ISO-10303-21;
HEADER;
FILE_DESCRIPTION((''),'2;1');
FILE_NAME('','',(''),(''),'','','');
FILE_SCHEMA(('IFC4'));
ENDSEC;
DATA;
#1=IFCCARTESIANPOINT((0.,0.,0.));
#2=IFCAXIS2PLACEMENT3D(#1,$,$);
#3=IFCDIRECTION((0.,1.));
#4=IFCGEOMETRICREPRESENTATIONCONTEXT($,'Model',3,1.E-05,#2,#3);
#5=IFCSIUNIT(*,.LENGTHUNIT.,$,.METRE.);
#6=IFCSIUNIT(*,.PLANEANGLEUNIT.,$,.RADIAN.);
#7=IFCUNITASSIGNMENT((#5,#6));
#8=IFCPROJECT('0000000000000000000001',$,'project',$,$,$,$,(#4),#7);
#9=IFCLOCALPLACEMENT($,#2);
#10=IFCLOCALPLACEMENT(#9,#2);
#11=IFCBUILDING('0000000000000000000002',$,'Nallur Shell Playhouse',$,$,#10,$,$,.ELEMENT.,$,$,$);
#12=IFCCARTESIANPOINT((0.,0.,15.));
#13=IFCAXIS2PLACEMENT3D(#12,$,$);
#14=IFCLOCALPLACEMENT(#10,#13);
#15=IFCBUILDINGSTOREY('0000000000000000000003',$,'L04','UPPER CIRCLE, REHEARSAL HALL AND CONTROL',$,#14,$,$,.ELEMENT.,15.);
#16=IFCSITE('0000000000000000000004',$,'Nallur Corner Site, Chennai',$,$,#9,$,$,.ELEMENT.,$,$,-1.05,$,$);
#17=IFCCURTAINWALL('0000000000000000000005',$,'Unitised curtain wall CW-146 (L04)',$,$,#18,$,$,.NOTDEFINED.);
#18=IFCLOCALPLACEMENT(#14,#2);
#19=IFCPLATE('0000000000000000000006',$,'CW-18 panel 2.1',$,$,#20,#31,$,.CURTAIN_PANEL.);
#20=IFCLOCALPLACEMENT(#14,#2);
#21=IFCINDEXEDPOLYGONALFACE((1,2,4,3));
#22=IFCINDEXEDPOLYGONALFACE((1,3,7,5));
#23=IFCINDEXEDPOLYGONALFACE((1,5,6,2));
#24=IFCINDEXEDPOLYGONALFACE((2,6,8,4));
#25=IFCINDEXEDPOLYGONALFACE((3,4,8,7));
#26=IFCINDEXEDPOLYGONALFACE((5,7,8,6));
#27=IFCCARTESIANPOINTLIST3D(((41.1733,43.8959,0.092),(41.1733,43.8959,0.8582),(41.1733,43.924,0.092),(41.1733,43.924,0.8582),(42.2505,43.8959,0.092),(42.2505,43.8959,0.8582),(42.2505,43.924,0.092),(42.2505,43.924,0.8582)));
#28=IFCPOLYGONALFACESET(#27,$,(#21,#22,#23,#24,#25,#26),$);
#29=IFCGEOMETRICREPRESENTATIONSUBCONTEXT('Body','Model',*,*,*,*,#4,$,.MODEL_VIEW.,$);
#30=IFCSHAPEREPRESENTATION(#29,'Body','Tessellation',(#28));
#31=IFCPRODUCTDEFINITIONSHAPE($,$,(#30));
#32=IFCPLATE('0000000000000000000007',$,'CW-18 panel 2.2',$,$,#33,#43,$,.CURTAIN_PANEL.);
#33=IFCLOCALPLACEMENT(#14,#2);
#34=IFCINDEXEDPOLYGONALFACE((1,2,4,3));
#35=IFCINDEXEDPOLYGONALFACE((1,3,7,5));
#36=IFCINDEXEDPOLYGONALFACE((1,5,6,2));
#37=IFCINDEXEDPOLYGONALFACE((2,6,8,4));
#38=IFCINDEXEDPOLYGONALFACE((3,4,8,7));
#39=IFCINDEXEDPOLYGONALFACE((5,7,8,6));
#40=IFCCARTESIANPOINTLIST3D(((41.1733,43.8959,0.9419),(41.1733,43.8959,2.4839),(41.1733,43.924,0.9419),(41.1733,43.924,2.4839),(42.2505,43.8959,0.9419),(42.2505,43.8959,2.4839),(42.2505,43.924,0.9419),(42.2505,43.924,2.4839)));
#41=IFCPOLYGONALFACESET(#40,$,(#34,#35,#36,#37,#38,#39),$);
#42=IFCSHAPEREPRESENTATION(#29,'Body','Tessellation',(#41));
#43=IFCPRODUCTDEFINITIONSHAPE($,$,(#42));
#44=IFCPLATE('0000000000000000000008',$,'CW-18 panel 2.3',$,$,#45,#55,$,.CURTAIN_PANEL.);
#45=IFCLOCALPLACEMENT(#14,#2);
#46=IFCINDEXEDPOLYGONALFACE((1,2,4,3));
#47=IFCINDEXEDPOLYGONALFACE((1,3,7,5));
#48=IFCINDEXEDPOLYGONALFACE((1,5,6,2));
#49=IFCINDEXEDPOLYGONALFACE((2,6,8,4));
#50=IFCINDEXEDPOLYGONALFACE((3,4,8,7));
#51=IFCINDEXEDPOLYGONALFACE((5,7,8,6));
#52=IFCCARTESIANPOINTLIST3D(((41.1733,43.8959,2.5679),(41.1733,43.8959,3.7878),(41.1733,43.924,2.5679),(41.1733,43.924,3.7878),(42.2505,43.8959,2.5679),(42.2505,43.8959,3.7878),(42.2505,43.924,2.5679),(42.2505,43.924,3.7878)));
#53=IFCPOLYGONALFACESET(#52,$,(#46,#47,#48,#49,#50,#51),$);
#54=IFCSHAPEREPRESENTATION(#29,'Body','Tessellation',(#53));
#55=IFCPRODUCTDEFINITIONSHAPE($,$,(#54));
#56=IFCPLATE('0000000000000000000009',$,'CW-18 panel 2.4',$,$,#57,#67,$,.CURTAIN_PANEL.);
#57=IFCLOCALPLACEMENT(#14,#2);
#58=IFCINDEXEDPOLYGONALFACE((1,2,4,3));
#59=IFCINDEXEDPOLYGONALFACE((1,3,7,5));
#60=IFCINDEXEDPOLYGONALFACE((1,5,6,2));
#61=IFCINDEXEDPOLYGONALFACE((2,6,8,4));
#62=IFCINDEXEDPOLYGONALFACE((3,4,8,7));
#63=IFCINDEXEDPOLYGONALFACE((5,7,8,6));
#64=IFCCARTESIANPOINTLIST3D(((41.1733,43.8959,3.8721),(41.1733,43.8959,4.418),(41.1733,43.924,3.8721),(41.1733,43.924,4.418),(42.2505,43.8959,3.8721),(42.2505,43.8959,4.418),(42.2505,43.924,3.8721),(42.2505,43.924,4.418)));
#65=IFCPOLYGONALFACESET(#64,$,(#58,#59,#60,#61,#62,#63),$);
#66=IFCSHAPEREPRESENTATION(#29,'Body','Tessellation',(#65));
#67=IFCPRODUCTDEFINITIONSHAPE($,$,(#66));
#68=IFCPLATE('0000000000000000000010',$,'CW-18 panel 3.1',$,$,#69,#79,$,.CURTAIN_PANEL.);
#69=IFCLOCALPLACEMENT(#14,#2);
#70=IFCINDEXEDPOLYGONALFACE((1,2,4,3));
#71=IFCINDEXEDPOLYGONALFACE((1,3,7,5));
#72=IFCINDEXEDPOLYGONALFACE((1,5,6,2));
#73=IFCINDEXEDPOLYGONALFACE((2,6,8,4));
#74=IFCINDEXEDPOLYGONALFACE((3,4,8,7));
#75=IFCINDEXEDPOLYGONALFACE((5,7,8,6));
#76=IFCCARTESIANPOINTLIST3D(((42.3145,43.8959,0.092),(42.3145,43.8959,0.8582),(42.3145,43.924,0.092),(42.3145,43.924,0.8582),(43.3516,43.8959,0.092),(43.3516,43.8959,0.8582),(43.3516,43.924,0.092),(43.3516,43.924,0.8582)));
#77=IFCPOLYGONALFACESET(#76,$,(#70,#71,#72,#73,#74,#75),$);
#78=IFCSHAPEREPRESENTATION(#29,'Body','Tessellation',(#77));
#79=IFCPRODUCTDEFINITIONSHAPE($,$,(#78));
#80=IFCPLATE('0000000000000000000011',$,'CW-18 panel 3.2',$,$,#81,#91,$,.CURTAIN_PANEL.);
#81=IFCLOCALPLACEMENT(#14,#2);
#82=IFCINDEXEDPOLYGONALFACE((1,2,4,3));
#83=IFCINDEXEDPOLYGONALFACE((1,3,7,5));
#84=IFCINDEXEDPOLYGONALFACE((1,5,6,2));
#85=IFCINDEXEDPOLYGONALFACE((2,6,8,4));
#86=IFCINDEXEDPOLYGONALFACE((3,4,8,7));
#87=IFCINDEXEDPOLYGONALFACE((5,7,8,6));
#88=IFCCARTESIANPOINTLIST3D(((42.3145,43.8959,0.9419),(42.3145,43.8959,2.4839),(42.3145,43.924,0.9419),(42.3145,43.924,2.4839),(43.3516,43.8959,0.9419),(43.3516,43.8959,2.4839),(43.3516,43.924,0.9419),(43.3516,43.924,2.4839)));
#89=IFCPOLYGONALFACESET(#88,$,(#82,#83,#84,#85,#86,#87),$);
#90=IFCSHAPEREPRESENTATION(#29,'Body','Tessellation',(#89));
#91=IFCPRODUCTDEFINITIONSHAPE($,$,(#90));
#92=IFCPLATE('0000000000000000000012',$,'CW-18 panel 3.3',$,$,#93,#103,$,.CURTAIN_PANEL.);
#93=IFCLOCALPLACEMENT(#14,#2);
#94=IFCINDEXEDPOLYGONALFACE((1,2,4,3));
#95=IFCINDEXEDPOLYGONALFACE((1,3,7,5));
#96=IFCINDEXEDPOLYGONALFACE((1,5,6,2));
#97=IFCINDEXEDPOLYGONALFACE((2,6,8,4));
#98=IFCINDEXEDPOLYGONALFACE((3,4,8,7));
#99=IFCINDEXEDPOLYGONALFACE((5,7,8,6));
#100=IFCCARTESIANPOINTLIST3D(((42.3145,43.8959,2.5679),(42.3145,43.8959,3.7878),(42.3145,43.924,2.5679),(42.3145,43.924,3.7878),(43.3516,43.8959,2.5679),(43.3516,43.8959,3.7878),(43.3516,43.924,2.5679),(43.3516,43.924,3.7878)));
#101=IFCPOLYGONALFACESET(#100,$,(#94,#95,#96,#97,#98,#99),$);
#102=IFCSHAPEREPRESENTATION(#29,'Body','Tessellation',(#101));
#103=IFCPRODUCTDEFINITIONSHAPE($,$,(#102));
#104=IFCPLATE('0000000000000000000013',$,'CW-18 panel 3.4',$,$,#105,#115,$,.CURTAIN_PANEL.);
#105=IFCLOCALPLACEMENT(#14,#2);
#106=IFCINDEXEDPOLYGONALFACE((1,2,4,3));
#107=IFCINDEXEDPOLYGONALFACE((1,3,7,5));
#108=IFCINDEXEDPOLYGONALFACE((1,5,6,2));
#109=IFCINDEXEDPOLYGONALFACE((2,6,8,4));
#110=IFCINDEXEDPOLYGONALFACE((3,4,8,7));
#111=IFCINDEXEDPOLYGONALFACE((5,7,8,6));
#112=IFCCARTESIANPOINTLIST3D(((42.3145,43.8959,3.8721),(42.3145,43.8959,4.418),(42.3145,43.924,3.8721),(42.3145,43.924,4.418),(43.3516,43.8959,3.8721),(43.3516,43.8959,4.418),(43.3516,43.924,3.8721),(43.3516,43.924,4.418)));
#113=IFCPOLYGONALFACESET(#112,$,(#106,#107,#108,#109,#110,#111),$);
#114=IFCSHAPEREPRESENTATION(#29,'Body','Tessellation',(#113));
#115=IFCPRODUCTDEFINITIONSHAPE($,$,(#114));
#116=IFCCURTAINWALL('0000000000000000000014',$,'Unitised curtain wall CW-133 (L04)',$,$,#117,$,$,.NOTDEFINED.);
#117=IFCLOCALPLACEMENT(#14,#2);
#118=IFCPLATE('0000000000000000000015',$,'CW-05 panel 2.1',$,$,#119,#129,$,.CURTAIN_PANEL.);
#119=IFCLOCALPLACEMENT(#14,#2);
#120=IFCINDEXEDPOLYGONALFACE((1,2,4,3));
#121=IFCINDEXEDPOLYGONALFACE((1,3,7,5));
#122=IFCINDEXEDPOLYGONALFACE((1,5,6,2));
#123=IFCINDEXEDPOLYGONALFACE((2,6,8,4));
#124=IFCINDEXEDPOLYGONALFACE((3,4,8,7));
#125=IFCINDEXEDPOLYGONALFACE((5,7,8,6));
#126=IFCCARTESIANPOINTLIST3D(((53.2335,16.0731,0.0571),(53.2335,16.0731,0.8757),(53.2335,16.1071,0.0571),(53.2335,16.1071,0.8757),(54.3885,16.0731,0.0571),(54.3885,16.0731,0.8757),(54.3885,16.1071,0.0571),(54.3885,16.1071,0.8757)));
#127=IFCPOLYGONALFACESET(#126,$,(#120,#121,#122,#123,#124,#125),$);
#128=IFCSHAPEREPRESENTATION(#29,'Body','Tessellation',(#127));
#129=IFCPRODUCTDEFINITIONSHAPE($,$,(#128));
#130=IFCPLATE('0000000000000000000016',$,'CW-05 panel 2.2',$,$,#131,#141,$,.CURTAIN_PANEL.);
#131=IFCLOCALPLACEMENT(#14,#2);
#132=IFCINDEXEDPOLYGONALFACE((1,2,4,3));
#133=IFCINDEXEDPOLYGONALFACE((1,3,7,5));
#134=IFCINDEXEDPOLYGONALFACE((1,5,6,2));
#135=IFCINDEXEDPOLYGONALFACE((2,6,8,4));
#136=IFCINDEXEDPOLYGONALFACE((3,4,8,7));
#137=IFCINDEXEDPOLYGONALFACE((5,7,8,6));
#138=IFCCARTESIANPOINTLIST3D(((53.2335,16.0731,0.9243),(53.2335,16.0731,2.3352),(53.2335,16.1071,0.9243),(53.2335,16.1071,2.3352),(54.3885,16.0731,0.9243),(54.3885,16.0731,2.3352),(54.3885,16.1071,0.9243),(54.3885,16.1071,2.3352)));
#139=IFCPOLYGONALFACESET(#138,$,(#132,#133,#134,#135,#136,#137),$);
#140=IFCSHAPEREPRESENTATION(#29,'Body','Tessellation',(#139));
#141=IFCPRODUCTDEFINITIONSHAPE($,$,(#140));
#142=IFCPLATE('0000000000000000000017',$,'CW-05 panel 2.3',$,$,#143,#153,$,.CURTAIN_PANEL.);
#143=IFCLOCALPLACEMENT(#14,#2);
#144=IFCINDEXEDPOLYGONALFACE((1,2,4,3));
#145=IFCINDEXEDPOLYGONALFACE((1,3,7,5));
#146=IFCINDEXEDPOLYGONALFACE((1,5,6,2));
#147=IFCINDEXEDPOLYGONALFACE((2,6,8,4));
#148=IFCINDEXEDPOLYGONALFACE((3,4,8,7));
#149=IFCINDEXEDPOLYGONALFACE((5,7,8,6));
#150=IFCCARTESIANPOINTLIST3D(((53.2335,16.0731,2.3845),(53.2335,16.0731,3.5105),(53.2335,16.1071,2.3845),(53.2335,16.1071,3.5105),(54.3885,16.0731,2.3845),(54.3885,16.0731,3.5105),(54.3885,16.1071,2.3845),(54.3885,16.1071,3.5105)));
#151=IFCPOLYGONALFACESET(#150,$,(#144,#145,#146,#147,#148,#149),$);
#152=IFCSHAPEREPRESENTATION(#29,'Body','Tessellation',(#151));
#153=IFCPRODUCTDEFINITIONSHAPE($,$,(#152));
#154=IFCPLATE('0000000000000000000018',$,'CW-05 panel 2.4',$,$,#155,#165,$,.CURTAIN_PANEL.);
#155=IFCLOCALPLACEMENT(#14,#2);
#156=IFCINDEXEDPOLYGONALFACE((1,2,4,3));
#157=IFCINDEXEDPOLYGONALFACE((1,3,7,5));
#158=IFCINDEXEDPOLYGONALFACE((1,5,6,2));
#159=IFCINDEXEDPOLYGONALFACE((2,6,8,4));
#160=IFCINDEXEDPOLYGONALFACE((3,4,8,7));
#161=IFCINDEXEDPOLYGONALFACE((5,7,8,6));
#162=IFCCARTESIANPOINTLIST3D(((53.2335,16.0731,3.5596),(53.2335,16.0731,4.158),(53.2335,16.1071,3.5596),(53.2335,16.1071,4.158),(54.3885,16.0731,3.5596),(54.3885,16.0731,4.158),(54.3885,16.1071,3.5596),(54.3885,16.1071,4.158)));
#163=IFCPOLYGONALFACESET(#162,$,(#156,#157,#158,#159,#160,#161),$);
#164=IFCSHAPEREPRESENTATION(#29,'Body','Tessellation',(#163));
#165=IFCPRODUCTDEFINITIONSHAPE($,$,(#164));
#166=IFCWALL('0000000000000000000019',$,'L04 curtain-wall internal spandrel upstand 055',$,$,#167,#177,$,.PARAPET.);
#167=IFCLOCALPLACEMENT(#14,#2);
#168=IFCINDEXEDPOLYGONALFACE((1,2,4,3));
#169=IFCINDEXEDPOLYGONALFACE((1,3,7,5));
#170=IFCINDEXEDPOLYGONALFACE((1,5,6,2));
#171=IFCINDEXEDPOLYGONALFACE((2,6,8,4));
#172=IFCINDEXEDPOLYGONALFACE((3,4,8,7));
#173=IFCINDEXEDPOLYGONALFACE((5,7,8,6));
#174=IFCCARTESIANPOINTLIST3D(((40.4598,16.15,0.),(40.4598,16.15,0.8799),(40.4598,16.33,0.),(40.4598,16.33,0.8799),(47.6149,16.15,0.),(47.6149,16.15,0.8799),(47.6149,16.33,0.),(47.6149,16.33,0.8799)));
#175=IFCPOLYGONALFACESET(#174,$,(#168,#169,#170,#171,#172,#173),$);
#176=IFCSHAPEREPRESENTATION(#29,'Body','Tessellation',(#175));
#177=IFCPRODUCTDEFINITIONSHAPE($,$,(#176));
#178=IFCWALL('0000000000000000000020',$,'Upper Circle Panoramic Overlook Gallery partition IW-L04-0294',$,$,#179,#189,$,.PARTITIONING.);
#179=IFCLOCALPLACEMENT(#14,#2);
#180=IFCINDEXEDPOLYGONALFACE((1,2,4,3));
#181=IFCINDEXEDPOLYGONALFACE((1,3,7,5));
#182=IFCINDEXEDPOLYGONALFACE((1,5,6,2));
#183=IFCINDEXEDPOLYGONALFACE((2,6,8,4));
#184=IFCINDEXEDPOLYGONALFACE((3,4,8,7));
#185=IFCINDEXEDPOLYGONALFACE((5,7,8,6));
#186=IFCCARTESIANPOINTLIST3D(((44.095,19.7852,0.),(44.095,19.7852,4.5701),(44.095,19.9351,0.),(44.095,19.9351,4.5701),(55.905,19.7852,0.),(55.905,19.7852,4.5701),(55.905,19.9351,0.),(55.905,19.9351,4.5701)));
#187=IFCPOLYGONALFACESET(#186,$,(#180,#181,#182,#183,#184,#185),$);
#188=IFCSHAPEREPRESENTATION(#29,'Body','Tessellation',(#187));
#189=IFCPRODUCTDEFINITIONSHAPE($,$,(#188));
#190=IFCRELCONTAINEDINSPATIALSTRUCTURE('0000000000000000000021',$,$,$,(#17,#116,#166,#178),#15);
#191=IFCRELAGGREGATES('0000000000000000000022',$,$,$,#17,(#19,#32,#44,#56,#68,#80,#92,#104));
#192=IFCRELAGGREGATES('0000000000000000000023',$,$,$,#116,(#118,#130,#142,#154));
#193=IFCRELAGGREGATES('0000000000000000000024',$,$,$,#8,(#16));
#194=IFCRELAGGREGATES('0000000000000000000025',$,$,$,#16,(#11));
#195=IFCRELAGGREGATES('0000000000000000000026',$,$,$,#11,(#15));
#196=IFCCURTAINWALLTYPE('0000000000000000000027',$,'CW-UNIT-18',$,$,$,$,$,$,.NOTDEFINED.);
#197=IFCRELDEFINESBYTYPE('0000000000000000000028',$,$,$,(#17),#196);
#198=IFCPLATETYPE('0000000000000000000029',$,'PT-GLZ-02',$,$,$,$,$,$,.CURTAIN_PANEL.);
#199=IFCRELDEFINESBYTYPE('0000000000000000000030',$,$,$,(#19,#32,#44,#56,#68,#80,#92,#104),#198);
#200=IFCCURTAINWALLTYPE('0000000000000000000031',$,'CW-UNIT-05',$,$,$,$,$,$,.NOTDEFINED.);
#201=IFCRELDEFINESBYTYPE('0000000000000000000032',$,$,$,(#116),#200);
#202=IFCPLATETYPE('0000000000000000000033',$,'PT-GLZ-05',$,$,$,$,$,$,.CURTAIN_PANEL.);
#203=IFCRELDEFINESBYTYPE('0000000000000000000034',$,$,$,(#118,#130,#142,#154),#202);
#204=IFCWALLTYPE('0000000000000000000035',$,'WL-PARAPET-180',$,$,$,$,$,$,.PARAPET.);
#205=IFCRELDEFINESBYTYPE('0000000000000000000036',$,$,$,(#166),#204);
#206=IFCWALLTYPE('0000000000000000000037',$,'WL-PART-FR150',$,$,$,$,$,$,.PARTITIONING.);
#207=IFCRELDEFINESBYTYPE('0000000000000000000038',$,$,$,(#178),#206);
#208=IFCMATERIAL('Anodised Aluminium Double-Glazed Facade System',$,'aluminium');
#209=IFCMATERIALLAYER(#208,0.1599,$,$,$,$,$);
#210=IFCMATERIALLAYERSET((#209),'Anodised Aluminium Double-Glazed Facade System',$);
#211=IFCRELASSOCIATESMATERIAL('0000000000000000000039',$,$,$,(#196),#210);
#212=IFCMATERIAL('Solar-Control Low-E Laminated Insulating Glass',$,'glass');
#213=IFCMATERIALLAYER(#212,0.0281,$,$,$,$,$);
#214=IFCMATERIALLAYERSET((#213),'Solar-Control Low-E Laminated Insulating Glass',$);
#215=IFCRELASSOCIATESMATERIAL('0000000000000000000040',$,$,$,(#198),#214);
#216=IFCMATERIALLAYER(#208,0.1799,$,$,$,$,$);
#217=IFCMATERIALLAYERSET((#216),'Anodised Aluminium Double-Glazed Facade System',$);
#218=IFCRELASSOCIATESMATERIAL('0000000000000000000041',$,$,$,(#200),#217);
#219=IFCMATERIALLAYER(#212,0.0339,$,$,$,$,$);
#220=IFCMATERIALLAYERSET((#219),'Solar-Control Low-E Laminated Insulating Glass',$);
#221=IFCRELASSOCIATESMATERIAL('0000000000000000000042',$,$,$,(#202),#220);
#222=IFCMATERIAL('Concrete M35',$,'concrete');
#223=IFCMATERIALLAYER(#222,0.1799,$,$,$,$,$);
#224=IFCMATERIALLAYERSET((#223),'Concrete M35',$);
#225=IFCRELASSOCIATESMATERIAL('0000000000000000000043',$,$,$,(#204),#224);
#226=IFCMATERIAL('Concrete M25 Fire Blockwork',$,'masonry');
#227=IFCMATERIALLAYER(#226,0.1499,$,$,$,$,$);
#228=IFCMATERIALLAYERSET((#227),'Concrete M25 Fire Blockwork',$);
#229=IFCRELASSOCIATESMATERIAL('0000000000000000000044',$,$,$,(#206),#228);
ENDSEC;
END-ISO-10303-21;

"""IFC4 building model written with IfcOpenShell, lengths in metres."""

from ifc_helpers import new_model, si_unit, direction, frame, frame_2d, origin, origin_2d, place, context, subcontext, project, spatial, rectangle, extrude, material, layer, layer_set, type_object, element, aggregate, save


model = new_model("IFC4")

# Units and contexts
model_context = context("Model", 3, precision=1e-05, world=origin(), true_north=direction((0.0, 1.0)))
body_context = subcontext(model_context, "Body", "Model", "MODEL_VIEW")
ifc_project = project(units=[si_unit("LENGTHUNIT", "METRE"), si_unit("PLANEANGLEUNIT", "RADIAN")], contexts=[model_context])

# Site, building, storey
site_placement = place(None, origin())
site = spatial("IfcSite", under=ifc_project, at=site_placement, Name="Nallur Corner Site, Chennai", CompositionType="ELEMENT", RefElevation=-1.05)
building_placement = place(site_placement, origin())
building = spatial("IfcBuilding", under=site, at=building_placement, Name="Nallur Shell Playhouse", CompositionType="ELEMENT")
storey_placement = place(building_placement, frame((0.0, 0.0, 15.0)))
storey = spatial("IfcBuildingStorey", under=building, at=storey_placement, Name="L04", Description="UPPER CIRCLE, REHEARSAL HALL AND CONTROL", CompositionType="ELEMENT", Elevation=15.0)

# Shared definitions
ifc_material_1 = material(Name="Concrete M35", Category="concrete")

# Curtain wall
ifc_material_2 = material(Name="Anodised Aluminium Double-Glazed Facade System", Category="aluminium")
ifc_layer_1 = layer(ifc_material_2, 0.1599)
ifc_layer_set_1 = layer_set([ifc_layer_1], Name="Anodised Aluminium Double-Glazed Facade System")
curtain_wall_type_1 = type_object("IfcCurtainWallType", Name="CW-UNIT-18", PredefinedType="NOTDEFINED", material=ifc_layer_set_1)
curtain_wall_1_placement = place(storey_placement, origin())
curtain_wall_1 = element("IfcCurtainWall", 1, at=curtain_wall_1_placement, inside=storey, type_object=curtain_wall_type_1, Name="Unitised curtain wall CW-146 (L04)", PredefinedType="NOTDEFINED")

# Plates
ifc_material_3 = material(Name="Solar-Control Low-E Laminated Insulating Glass", Category="glass")
ifc_layer_2 = layer(ifc_material_3, 0.0281)
ifc_layer_set_2 = layer_set([ifc_layer_2], Name="Solar-Control Low-E Laminated Insulating Glass")
plate_type_1 = type_object("IfcPlateType", Name="PT-GLZ-02", PredefinedType="CURTAIN_PANEL", material=ifc_layer_set_2)
plate_1_placement = place(storey_placement, frame((41.7119, 43.9099, 0.092), z_axis=(0.0, 0.0, 1.0), x_axis=(1.0, 0.0, 0.0)))
plate_1 = element("IfcPlate", 2, at=plate_1_placement, type_object=plate_type_1, Name="CW-18 panel 2.1", PredefinedType="CURTAIN_PANEL", context=body_context, shape_type="SweptSolid", body=[
    extrude(rectangle(XDim=1.0771, YDim=0.0281, at=origin_2d()), origin(), (0.0, 0.0, 1.0), 0.7661),
])
plate_2_placement = place(storey_placement, frame((41.7119, 43.9099, 0.9419), z_axis=(0.0, 0.0, 1.0), x_axis=(1.0, 0.0, 0.0)))
plate_2 = element("IfcPlate", 3, at=plate_2_placement, type_object=plate_type_1, Name="CW-18 panel 2.2", PredefinedType="CURTAIN_PANEL", context=body_context, shape_type="SweptSolid", body=[
    extrude(rectangle(XDim=1.0771, YDim=0.0281, at=origin_2d()), origin(), (0.0, 0.0, 1.0), 1.542),
])
plate_3_placement = place(storey_placement, frame((41.7119, 43.9099, 2.5679), z_axis=(0.0, 0.0, 1.0), x_axis=(1.0, 0.0, 0.0)))
plate_3 = element("IfcPlate", 4, at=plate_3_placement, type_object=plate_type_1, Name="CW-18 panel 2.3", PredefinedType="CURTAIN_PANEL", context=body_context, shape_type="SweptSolid", body=[
    extrude(rectangle(XDim=1.0771, YDim=0.0281, at=origin_2d()), origin(), (0.0, 0.0, 1.0), 1.22),
])
plate_4_placement = place(storey_placement, frame((41.7119, 43.9099, 3.8721), z_axis=(0.0, 0.0, 1.0), x_axis=(1.0, 0.0, 0.0)))
plate_4 = element("IfcPlate", 5, at=plate_4_placement, type_object=plate_type_1, Name="CW-18 panel 2.4", PredefinedType="CURTAIN_PANEL", context=body_context, shape_type="SweptSolid", body=[
    extrude(rectangle(XDim=1.0771, YDim=0.0281, at=origin_2d()), origin(), (0.0, 0.0, 1.0), 0.5459),
])
plate_5_placement = place(storey_placement, frame((42.833, 43.9099, 0.092), z_axis=(0.0, 0.0, 1.0), x_axis=(1.0, 0.0, 0.0)))
plate_5 = element("IfcPlate", 6, at=plate_5_placement, type_object=plate_type_1, Name="CW-18 panel 3.1", PredefinedType="CURTAIN_PANEL", context=body_context, shape_type="SweptSolid", body=[
    extrude(rectangle(XDim=1.0371, YDim=0.0281, at=origin_2d()), origin(), (0.0, 0.0, 1.0), 0.7661),
])
plate_6_placement = place(storey_placement, frame((42.833, 43.9099, 0.9419), z_axis=(0.0, 0.0, 1.0), x_axis=(1.0, 0.0, 0.0)))
plate_6 = element("IfcPlate", 7, at=plate_6_placement, type_object=plate_type_1, Name="CW-18 panel 3.2", PredefinedType="CURTAIN_PANEL", context=body_context, shape_type="SweptSolid", body=[
    extrude(rectangle(XDim=1.0371, YDim=0.0281, at=origin_2d()), origin(), (0.0, 0.0, 1.0), 1.542),
])
plate_7_placement = place(storey_placement, frame((42.833, 43.9099, 2.5679), z_axis=(0.0, 0.0, 1.0), x_axis=(1.0, 0.0, 0.0)))
plate_7 = element("IfcPlate", 8, at=plate_7_placement, type_object=plate_type_1, Name="CW-18 panel 3.3", PredefinedType="CURTAIN_PANEL", context=body_context, shape_type="SweptSolid", body=[
    extrude(rectangle(XDim=1.0371, YDim=0.0281, at=origin_2d()), origin(), (0.0, 0.0, 1.0), 1.22),
])
plate_8_placement = place(storey_placement, frame((42.833, 43.9099, 3.8721), z_axis=(0.0, 0.0, 1.0), x_axis=(1.0, 0.0, 0.0)))
plate_8 = element("IfcPlate", 9, at=plate_8_placement, type_object=plate_type_1, Name="CW-18 panel 3.4", PredefinedType="CURTAIN_PANEL", context=body_context, shape_type="SweptSolid", body=[
    extrude(rectangle(XDim=1.0371, YDim=0.0281, at=origin_2d()), origin(), (0.0, 0.0, 1.0), 0.5459),
])
aggregate(curtain_wall_1, [plate_1, plate_2, plate_3, plate_4, plate_5, plate_6, plate_7, plate_8])

# Curtain wall, plates
ifc_layer_3 = layer(ifc_material_2, 0.1799)
ifc_layer_set_3 = layer_set([ifc_layer_3], Name="Anodised Aluminium Double-Glazed Facade System")
curtain_wall_type_2 = type_object("IfcCurtainWallType", Name="CW-UNIT-05", PredefinedType="NOTDEFINED", material=ifc_layer_set_3)
curtain_wall_2_placement = place(storey_placement, origin())
curtain_wall_2 = element("IfcCurtainWall", 10, at=curtain_wall_2_placement, inside=storey, type_object=curtain_wall_type_2, Name="Unitised curtain wall CW-133 (L04)", PredefinedType="NOTDEFINED")
ifc_layer_4 = layer(ifc_material_3, 0.0339)
ifc_layer_set_4 = layer_set([ifc_layer_4], Name="Solar-Control Low-E Laminated Insulating Glass")
plate_type_2 = type_object("IfcPlateType", Name="PT-GLZ-05", PredefinedType="CURTAIN_PANEL", material=ifc_layer_set_4)
plate_9_placement = place(storey_placement, frame((53.811, 16.0901, 0.0571), z_axis=(0.0, 0.0, 1.0), x_axis=(-1.0, 0.0, 0.0)))
plate_9 = element("IfcPlate", 11, at=plate_9_placement, type_object=plate_type_2, Name="CW-05 panel 2.1", PredefinedType="CURTAIN_PANEL", context=body_context, shape_type="SweptSolid", body=[
    extrude(rectangle(XDim=1.155, YDim=0.0339, at=origin_2d()), origin(), (0.0, 0.0, 1.0), 0.8186),
])
plate_10_placement = place(storey_placement, frame((53.811, 16.0901, 0.9243), z_axis=(0.0, 0.0, 1.0), x_axis=(-1.0, 0.0, 0.0)))
plate_10 = element("IfcPlate", 12, at=plate_10_placement, type_object=plate_type_2, Name="CW-05 panel 2.2", PredefinedType="CURTAIN_PANEL", context=body_context, shape_type="SweptSolid", body=[
    extrude(rectangle(XDim=1.155, YDim=0.0339, at=origin_2d()), origin(), (0.0, 0.0, 1.0), 1.4109),
])
plate_11_placement = place(storey_placement, frame((53.811, 16.0901, 2.3845), z_axis=(0.0, 0.0, 1.0), x_axis=(-1.0, 0.0, 0.0)))
plate_11 = element("IfcPlate", 13, at=plate_11_placement, type_object=plate_type_2, Name="CW-05 panel 2.3", PredefinedType="CURTAIN_PANEL", context=body_context, shape_type="SweptSolid", body=[
    extrude(rectangle(XDim=1.155, YDim=0.0339, at=origin_2d()), origin(), (0.0, 0.0, 1.0), 1.126),
])
plate_12_placement = place(storey_placement, frame((53.811, 16.0901, 3.5596), z_axis=(0.0, 0.0, 1.0), x_axis=(-1.0, 0.0, 0.0)))
plate_12 = element("IfcPlate", 14, at=plate_12_placement, type_object=plate_type_2, Name="CW-05 panel 2.4", PredefinedType="CURTAIN_PANEL", context=body_context, shape_type="SweptSolid", body=[
    extrude(rectangle(XDim=1.155, YDim=0.0339, at=origin_2d()), origin(), (0.0, 0.0, 1.0), 0.5984),
])
aggregate(curtain_wall_2, [plate_9, plate_10, plate_11, plate_12])

# Walls
ifc_layer_5 = layer(ifc_material_1, 0.1799)
ifc_layer_set_5 = layer_set([ifc_layer_5], Name="Concrete M35")
wall_type_1 = type_object("IfcWallType", Name="WL-PARAPET-180", PredefinedType="PARAPET", material=ifc_layer_set_5)
wall_1_placement = place(storey_placement, frame((47.615, 16.24, 0.0), z_axis=(0.0, 0.0, 1.0), x_axis=(-1.0, 0.0, 0.0)))
element("IfcWall", 15, at=wall_1_placement, inside=storey, type_object=wall_type_1, Name="L04 curtain-wall internal spandrel upstand 055", PredefinedType="PARAPET", context=body_context, shape_type="SweptSolid", body=[
    extrude(rectangle(XDim=7.155, YDim=0.1799, at=frame_2d((3.5776, 0.0))), origin(), (0.0, 0.0, 1.0), 0.8799),
])
ifc_material_4 = material(Name="Concrete M25 Fire Blockwork", Category="masonry")
ifc_layer_6 = layer(ifc_material_4, 0.1499)
ifc_layer_set_6 = layer_set([ifc_layer_6], Name="Concrete M25 Fire Blockwork")
wall_type_2 = type_object("IfcWallType", Name="WL-PART-FR150", PredefinedType="PARTITIONING", material=ifc_layer_set_6)
wall_2_placement = place(storey_placement, frame((44.095, 19.8601, 0.0), z_axis=(0.0, 0.0, 1.0), x_axis=(1.0, 0.0, 0.0)))
element("IfcWall", 16, at=wall_2_placement, inside=storey, type_object=wall_type_2, Name="Upper Circle Panoramic Overlook Gallery partition IW-L04-0294", PredefinedType="PARTITIONING", context=body_context, shape_type="SweptSolid", body=[
    extrude(rectangle(XDim=11.8101, YDim=0.1499, at=frame_2d((5.905, 0.0))), origin(), (0.0, 0.0, 1.0), 4.5701),
])

save(model, "model.ifc")
